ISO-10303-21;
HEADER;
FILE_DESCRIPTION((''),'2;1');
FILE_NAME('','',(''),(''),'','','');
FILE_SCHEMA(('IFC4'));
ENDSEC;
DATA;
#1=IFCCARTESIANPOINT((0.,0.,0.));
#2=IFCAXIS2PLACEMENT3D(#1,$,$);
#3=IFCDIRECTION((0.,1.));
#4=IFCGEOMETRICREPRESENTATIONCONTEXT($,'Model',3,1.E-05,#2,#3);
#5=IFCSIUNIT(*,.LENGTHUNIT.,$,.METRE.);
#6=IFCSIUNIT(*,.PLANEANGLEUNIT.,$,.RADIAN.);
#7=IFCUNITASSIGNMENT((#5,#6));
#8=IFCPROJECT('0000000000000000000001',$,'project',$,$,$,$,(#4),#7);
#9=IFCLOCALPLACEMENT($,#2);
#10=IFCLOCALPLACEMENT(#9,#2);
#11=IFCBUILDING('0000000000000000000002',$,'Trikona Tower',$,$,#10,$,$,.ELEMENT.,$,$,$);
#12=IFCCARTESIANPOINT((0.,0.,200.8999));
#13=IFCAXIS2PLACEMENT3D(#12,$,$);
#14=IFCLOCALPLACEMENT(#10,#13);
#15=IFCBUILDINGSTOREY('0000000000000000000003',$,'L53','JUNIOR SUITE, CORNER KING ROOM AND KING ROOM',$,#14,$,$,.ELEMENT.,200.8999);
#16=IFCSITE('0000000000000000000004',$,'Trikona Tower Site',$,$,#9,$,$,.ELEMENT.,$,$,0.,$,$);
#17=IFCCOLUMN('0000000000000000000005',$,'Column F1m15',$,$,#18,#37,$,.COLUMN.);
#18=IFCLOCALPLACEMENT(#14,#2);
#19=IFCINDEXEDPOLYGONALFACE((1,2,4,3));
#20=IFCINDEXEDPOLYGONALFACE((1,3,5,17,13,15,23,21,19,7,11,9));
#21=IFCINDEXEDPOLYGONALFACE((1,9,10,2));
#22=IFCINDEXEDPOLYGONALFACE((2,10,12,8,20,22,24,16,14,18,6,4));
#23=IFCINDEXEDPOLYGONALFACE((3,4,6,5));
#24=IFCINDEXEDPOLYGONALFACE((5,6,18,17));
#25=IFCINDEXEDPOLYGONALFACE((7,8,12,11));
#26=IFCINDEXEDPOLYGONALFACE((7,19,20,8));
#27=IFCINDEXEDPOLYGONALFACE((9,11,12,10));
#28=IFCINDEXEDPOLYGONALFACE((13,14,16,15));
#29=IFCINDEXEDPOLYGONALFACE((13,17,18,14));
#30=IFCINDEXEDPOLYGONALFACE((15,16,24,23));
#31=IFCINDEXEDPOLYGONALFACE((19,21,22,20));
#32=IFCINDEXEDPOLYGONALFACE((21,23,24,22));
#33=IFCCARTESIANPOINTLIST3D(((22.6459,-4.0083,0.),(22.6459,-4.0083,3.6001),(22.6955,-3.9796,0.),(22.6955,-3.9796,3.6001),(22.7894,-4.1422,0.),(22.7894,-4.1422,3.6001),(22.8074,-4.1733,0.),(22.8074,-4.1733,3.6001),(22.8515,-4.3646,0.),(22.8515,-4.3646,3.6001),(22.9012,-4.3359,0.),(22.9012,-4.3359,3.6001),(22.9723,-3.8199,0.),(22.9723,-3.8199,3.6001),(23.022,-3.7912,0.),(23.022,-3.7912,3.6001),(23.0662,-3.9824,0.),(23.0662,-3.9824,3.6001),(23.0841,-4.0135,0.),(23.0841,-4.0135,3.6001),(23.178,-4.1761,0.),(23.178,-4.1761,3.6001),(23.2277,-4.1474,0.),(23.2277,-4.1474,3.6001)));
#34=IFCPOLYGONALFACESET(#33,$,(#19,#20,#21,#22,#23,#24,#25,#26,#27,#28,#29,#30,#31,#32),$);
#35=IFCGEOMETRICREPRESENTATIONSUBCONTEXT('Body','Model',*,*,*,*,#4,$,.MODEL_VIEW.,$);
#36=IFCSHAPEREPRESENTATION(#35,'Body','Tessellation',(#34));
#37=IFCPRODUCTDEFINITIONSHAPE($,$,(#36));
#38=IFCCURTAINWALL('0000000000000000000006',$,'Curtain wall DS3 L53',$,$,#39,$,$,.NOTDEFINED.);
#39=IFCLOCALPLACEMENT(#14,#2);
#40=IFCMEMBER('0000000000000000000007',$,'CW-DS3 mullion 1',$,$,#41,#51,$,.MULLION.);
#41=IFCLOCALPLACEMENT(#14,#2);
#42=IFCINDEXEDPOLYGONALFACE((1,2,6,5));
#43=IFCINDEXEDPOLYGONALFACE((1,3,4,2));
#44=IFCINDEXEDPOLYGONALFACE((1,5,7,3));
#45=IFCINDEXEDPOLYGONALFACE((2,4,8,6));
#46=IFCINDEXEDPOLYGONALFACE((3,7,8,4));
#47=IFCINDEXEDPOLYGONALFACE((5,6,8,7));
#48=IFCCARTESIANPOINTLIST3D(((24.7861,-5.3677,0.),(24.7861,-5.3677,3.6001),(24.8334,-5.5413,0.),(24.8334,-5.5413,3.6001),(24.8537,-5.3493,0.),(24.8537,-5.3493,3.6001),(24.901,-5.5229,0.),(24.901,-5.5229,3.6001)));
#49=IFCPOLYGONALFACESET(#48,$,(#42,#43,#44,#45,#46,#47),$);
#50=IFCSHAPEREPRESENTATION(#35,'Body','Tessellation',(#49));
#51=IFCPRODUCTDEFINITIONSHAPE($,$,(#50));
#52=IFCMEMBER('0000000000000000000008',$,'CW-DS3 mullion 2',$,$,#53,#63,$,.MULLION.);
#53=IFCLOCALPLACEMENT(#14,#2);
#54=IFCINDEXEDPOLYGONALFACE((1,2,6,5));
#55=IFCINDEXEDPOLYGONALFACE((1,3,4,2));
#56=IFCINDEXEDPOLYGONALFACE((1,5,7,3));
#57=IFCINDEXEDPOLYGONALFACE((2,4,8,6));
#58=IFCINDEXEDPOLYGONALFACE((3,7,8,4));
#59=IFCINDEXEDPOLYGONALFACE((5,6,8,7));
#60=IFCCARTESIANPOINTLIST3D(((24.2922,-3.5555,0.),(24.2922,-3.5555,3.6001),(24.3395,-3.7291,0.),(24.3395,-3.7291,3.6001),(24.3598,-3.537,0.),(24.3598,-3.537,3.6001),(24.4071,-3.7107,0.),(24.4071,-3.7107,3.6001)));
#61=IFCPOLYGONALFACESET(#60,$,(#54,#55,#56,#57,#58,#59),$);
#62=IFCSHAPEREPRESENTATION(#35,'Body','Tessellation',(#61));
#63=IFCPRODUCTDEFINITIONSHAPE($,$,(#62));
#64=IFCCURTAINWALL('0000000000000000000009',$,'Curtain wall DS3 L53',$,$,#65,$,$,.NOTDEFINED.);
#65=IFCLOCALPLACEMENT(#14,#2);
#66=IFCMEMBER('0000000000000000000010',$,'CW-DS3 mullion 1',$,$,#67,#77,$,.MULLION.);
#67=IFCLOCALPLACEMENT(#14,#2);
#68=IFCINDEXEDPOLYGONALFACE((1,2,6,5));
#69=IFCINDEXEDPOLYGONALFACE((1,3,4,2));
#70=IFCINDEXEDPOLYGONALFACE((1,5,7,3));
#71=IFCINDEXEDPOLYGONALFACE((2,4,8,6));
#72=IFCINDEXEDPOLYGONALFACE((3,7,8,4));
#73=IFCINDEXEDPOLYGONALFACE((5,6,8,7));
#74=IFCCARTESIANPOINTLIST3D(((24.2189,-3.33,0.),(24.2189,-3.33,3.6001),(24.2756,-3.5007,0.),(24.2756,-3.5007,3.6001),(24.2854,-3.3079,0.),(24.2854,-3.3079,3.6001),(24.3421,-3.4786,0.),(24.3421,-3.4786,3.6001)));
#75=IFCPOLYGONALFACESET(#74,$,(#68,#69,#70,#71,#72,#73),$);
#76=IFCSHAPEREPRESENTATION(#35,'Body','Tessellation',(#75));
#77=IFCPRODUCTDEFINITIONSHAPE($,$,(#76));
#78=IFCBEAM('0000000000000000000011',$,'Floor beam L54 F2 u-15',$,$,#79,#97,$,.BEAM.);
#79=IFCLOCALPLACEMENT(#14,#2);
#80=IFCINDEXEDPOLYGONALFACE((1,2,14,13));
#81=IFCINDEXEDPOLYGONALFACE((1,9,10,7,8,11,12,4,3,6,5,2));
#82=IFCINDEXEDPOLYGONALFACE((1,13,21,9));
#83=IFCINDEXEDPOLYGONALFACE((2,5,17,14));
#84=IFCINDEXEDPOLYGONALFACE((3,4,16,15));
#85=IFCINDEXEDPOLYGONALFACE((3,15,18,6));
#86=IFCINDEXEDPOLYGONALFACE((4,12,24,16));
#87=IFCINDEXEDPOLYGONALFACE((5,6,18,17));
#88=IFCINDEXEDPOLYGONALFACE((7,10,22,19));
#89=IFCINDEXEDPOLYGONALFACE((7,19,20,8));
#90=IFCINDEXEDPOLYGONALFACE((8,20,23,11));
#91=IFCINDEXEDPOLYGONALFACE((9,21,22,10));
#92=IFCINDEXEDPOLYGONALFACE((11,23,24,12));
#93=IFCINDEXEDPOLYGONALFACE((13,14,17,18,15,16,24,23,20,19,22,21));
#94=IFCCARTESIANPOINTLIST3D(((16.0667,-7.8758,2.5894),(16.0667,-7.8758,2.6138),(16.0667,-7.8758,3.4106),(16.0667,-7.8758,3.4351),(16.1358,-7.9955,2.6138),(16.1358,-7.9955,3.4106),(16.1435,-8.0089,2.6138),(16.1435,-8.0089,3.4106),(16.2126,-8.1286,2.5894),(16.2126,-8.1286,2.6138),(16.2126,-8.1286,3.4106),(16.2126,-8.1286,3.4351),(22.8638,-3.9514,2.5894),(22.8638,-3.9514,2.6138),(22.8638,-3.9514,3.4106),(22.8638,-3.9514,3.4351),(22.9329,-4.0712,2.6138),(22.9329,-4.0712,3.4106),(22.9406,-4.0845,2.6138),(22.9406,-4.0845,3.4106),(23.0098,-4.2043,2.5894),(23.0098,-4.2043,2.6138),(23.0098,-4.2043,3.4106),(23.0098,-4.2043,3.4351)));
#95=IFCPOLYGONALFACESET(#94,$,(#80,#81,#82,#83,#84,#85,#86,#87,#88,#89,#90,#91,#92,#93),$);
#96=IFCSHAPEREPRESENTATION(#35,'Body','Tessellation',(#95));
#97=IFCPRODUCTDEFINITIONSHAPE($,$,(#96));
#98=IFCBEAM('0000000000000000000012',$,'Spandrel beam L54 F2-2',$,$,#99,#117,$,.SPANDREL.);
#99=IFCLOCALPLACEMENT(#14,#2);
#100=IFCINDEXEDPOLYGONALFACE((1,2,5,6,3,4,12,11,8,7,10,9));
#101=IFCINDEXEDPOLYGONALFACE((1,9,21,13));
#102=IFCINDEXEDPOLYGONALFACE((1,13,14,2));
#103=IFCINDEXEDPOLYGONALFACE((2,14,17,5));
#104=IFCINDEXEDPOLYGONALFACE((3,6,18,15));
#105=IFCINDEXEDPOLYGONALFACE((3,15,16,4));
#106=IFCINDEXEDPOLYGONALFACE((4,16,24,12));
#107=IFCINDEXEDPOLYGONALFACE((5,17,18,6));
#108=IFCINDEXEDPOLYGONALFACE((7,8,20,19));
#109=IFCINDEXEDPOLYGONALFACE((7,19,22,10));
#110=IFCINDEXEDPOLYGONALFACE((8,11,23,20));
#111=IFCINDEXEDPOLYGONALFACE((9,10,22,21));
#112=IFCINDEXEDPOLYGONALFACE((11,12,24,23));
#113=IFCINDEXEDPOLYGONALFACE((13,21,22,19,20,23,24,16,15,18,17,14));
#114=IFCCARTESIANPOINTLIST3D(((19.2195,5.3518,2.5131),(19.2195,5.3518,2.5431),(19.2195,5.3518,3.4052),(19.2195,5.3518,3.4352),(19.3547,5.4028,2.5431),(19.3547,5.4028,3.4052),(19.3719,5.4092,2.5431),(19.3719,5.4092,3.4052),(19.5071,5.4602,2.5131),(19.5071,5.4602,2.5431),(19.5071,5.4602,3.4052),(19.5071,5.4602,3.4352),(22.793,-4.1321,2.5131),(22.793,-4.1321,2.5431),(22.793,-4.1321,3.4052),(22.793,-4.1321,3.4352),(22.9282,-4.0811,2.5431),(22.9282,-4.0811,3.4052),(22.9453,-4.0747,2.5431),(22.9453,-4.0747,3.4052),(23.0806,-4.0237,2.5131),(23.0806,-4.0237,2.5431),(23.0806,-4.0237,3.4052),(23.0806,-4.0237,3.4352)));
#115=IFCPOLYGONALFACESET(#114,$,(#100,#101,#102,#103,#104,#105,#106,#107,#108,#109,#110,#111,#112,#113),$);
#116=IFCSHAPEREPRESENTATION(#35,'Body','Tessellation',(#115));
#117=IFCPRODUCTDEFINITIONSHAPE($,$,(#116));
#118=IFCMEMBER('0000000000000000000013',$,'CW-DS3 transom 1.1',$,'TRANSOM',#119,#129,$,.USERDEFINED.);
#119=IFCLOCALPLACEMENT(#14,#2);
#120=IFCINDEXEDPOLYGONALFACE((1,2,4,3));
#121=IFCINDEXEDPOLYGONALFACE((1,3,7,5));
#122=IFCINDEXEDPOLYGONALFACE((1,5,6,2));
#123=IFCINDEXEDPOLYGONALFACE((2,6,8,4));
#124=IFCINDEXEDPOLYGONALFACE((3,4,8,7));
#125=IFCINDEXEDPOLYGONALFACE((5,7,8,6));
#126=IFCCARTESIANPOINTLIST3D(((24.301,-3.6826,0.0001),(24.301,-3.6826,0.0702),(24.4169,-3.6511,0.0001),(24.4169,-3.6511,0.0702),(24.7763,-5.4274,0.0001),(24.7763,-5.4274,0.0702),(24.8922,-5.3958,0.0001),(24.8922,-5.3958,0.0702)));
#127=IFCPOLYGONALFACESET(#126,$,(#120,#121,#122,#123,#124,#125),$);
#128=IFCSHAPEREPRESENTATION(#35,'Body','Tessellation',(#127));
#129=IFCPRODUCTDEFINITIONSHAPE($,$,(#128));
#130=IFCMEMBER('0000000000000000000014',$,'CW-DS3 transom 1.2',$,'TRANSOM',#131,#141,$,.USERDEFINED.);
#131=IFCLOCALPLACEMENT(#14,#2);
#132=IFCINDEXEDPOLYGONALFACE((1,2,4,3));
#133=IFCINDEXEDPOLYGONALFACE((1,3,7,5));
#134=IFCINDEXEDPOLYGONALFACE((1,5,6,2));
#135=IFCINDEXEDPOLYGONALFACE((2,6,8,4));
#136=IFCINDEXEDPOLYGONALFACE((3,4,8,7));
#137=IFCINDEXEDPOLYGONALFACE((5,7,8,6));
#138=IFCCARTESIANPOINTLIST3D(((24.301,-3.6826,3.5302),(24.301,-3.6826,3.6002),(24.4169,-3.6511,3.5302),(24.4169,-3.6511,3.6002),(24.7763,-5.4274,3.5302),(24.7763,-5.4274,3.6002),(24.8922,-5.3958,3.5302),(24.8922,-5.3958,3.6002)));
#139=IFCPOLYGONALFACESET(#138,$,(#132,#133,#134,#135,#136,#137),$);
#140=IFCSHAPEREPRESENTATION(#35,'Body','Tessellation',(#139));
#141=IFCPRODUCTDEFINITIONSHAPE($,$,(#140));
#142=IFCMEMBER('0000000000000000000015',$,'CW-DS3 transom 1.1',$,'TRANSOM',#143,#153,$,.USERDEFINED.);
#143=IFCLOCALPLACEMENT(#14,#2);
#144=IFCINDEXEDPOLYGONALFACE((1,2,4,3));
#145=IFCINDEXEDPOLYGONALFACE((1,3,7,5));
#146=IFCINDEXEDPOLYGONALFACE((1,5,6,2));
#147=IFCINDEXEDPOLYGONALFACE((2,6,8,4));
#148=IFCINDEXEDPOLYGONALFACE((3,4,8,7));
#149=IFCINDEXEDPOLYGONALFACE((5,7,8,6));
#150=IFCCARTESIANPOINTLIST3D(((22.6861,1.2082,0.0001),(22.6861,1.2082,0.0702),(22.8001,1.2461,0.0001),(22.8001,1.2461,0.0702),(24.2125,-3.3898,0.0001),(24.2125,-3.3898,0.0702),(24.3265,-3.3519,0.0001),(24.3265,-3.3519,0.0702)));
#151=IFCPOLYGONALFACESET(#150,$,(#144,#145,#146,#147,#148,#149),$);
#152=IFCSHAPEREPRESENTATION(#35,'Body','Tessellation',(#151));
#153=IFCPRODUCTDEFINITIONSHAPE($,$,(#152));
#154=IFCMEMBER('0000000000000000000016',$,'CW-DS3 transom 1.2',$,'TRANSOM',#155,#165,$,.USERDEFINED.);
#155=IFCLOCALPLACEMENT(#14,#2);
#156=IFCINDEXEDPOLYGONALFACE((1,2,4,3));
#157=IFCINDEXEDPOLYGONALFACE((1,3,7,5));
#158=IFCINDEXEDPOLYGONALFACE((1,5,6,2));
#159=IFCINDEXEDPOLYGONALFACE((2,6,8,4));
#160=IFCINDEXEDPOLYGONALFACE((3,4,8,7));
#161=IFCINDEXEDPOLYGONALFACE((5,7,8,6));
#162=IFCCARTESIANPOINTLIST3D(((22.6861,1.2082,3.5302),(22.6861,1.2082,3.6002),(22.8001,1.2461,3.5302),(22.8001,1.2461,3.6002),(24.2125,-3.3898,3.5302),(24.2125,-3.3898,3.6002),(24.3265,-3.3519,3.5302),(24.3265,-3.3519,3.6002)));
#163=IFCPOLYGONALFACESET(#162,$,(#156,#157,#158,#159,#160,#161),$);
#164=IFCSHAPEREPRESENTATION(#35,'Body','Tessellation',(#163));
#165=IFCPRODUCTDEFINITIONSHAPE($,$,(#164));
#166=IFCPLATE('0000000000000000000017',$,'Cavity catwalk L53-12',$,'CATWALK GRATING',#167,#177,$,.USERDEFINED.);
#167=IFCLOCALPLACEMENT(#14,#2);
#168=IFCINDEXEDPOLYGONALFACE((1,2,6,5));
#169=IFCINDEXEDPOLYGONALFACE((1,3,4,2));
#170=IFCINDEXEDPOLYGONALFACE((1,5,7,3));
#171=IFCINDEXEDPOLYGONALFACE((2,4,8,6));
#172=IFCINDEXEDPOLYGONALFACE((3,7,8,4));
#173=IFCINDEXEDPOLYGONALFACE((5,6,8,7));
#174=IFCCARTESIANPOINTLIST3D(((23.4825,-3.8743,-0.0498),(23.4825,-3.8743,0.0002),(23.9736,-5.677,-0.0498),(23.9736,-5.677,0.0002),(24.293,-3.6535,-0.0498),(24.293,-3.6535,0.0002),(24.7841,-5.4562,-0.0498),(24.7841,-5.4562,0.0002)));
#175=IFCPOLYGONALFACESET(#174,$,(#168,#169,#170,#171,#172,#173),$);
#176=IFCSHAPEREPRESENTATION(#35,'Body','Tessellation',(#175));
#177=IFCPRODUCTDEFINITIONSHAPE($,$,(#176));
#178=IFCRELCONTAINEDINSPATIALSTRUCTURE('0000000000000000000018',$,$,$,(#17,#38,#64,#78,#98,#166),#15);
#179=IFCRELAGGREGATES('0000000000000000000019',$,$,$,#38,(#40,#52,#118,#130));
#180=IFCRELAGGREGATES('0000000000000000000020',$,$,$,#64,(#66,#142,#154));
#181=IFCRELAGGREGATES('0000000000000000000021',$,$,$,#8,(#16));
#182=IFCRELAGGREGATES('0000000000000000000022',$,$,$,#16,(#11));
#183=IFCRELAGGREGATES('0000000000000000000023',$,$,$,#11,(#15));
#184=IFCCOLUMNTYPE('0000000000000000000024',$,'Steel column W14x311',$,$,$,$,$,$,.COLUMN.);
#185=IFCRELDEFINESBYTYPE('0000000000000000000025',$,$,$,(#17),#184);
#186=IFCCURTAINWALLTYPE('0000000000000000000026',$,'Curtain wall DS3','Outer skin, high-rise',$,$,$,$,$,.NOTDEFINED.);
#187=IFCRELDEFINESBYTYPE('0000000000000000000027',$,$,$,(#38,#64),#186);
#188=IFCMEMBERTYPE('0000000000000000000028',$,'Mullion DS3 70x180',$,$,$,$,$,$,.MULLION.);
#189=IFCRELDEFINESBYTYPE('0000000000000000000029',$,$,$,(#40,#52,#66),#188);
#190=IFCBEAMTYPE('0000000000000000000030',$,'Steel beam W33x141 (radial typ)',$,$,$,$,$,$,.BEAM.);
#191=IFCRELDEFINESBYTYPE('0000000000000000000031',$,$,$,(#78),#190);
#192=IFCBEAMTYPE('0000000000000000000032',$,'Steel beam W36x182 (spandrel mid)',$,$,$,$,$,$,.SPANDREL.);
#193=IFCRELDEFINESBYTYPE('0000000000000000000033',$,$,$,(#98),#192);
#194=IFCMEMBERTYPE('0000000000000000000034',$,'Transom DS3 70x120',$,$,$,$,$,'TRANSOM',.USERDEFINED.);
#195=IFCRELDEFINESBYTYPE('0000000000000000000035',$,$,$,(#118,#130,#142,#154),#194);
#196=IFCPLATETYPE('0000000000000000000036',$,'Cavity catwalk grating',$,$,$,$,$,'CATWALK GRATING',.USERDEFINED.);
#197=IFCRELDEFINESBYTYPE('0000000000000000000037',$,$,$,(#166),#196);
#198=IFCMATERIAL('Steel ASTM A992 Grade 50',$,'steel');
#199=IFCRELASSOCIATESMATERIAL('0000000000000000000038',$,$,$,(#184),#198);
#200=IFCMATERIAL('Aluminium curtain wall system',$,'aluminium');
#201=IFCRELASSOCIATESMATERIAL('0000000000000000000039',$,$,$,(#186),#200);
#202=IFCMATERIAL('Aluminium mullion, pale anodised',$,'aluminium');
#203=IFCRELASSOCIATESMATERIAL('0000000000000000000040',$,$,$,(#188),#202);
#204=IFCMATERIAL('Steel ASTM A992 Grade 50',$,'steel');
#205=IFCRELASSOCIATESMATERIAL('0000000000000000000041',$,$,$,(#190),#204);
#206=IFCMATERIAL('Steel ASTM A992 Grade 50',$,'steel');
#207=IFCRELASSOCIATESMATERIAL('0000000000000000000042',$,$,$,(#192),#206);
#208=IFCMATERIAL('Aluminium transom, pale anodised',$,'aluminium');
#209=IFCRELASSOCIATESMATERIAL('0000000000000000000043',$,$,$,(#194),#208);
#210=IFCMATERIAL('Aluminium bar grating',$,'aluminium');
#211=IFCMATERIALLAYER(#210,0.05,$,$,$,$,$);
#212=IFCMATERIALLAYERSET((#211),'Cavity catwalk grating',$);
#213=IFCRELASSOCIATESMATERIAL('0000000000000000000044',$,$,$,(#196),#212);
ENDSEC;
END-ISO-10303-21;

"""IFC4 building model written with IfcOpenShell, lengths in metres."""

from ifc_helpers import new_model, si_unit, direction, frame, origin, origin_2d, place, context, subcontext, project, spatial, rectangle, i_section, extrude, material, layer, layer_set, material_profile, profile_set, type_object, element, aggregate, save


model = new_model("IFC4")

# Units and contexts
model_context = context("Model", 3, precision=1e-05, world=origin(), true_north=direction((0.0, 1.0)))
body_context = subcontext(model_context, "Body", "Model", "MODEL_VIEW")
ifc_project = project(units=[si_unit("LENGTHUNIT", "METRE"), si_unit("PLANEANGLEUNIT", "RADIAN")], contexts=[model_context])

# Site, building, storey
site_placement = place(None, origin())
site = spatial("IfcSite", under=ifc_project, at=site_placement, Name="Trikona Tower Site", CompositionType="ELEMENT", RefElevation=0.0)
building_placement = place(site_placement, origin())
building = spatial("IfcBuilding", under=site, at=building_placement, Name="Trikona Tower", CompositionType="ELEMENT")
storey_placement = place(building_placement, frame((0.0, 0.0, 200.8999)))
storey = spatial("IfcBuildingStorey", under=building, at=storey_placement, Name="L53", Description="JUNIOR SUITE, CORNER KING ROOM AND KING ROOM", CompositionType="ELEMENT", Elevation=200.8999)

# Column
ifc_material_1 = material(Name="Steel ASTM A992 Grade 50", Category="steel")
ifc_material_profile_1 = material_profile(ifc_material_1, i_section(OverallWidth=0.4114, OverallDepth=0.4343, WebThickness=0.0359, FlangeThickness=0.0574, at=origin_2d()), Name="W14X311")
ifc_profile_set_1 = profile_set([ifc_material_profile_1], Name="Steel ASTM A992 Grade 50")
column_type = type_object("IfcColumnType", Name="Steel column W14x311", PredefinedType="COLUMN", material=ifc_profile_set_1)
column_placement = place(storey_placement, frame((22.9368, -4.0779, 0.0), z_axis=(0.0, 0.0, 1.0), x_axis=(-0.5, 0.866025, 0.0)))
element("IfcColumn", 1, at=column_placement, inside=storey, type_object=column_type, Name="Column F1m15", PredefinedType="COLUMN", context=body_context, shape_type="SweptSolid", body=[
    extrude(i_section(OverallWidth=0.4114, OverallDepth=0.4343, WebThickness=0.0359, FlangeThickness=0.0574, at=origin_2d()), origin(), (0.0, 0.0, 1.0), 3.6001),
])

# Curtain wall, members
ifc_material_2 = material(Name="Aluminium curtain wall system", Category="aluminium")
curtain_wall_type = type_object("IfcCurtainWallType", Name="Curtain wall DS3", Description="Outer skin, high-rise", PredefinedType="NOTDEFINED", material=ifc_material_2)
curtain_wall_1_placement = place(storey_placement, origin())
curtain_wall_1 = element("IfcCurtainWall", 2, at=curtain_wall_1_placement, inside=storey, type_object=curtain_wall_type, Name="Curtain wall DS3 L53", PredefinedType="NOTDEFINED")
ifc_material_3 = material(Name="Aluminium mullion, pale anodised", Category="aluminium")
ifc_material_profile_2 = material_profile(ifc_material_3, rectangle(XDim=0.0701, YDim=0.1799, at=origin_2d()), Name="MUL-DS3")
ifc_profile_set_2 = profile_set([ifc_material_profile_2], Name="Aluminium mullion, pale anodised")
member_type_1 = type_object("IfcMemberType", Name="Mullion DS3 70x180", PredefinedType="MULLION", material=ifc_profile_set_2)
member_1_placement = place(storey_placement, frame((24.8435, -5.4453, 0.0), z_axis=(0.0, 0.0, 1.0), x_axis=(-0.964838, -0.262844, 0.0)))
member_1 = element("IfcMember", 3, at=member_1_placement, type_object=member_type_1, Name="CW-DS3 mullion 1", PredefinedType="MULLION", context=body_context, shape_type="SweptSolid", body=[
    extrude(rectangle(XDim=0.0701, YDim=0.1799, at=origin_2d()), origin(), (0.0, 0.0, 1.0), 3.6001),
])
member_2_placement = place(storey_placement, frame((24.3496, -3.6331, 0.0), z_axis=(0.0, 0.0, 1.0), x_axis=(-0.964838, -0.262844, 0.0)))
member_2 = element("IfcMember", 4, at=member_2_placement, type_object=member_type_1, Name="CW-DS3 mullion 2", PredefinedType="MULLION", context=body_context, shape_type="SweptSolid", body=[
    extrude(rectangle(XDim=0.0701, YDim=0.1799, at=origin_2d()), origin(), (0.0, 0.0, 1.0), 3.6001),
])

# Curtain wall, member
curtain_wall_2_placement = place(storey_placement, origin())
curtain_wall_2 = element("IfcCurtainWall", 5, at=curtain_wall_2_placement, inside=storey, type_object=curtain_wall_type, Name="Curtain wall DS3 L53", PredefinedType="NOTDEFINED")
member_3_placement = place(storey_placement, frame((24.2805, -3.4043, 0.0), z_axis=(0.0, 0.0, 1.0), x_axis=(-0.949066, -0.315078, 0.0)))
member_3 = element("IfcMember", 6, at=member_3_placement, type_object=member_type_1, Name="CW-DS3 mullion 1", PredefinedType="MULLION", context=body_context, shape_type="SweptSolid", body=[
    extrude(rectangle(XDim=0.0701, YDim=0.1799, at=origin_2d()), origin(), (0.0, 0.0, 1.0), 3.6001),
])

# Beams
ifc_material_4 = material(Name="Steel ASTM A992 Grade 50", Category="steel")
ifc_material_profile_3 = material_profile(ifc_material_4, i_section(OverallWidth=0.292, OverallDepth=0.8457, WebThickness=0.0154, FlangeThickness=0.0244, at=origin_2d()), Name="W33X141")
ifc_profile_set_3 = profile_set([ifc_material_profile_3], Name="Steel ASTM A992 Grade 50")
beam_type_1 = type_object("IfcBeamType", Name="Steel beam W33x141 (radial typ)", PredefinedType="BEAM", material=ifc_profile_set_3)
beam_1_placement = place(storey_placement, frame((16.1396, -8.0022, 3.0122), z_axis=(0.866026, 0.5, 0.0), x_axis=(-0.5, 0.866026, 0.0)))
element("IfcBeam", 7, at=beam_1_placement, inside=storey, type_object=beam_type_1, Name="Floor beam L54 F2 u-15", PredefinedType="BEAM", context=body_context, shape_type="SweptSolid", body=[
    extrude(i_section(OverallWidth=0.292, OverallDepth=0.8457, WebThickness=0.0154, FlangeThickness=0.0244, at=origin_2d()), origin(), (0.0, 0.0, 1.0), 7.8486),
])
ifc_material_5 = material(Name="Steel ASTM A992 Grade 50", Category="steel")
ifc_material_profile_4 = material_profile(ifc_material_5, i_section(OverallWidth=0.3074, OverallDepth=0.9221, WebThickness=0.0183, FlangeThickness=0.03, at=origin_2d()), Name="W36X182")
ifc_profile_set_4 = profile_set([ifc_material_profile_4], Name="Steel ASTM A992 Grade 50")
beam_type_2 = type_object("IfcBeamType", Name="Steel beam W36x182 (spandrel mid)", PredefinedType="SPANDREL", material=ifc_profile_set_4)
beam_2_placement = place(storey_placement, frame((22.9368, -4.0779, 2.9741), z_axis=(-0.352596, 0.935776, 0.0), x_axis=(-0.935776, -0.352596, 0.0)))
element("IfcBeam", 8, at=beam_2_placement, inside=storey, type_object=beam_type_2, Name="Spandrel beam L54 F2-2", PredefinedType="SPANDREL", context=body_context, shape_type="SweptSolid", body=[
    extrude(i_section(OverallWidth=0.3074, OverallDepth=0.9221, WebThickness=0.0183, FlangeThickness=0.03, at=origin_2d()), origin(), (0.0, 0.0, 1.0), 10.1348),
])

# Members
ifc_material_6 = material(Name="Aluminium transom, pale anodised", Category="aluminium")
ifc_material_profile_5 = material_profile(ifc_material_6, rectangle(XDim=0.1201, YDim=0.0701, at=origin_2d()), Name="TRN-DS3")
ifc_profile_set_5 = profile_set([ifc_material_profile_5], Name="Aluminium transom, pale anodised")
member_type_2 = type_object("IfcMemberType", Name="Transom DS3 70x120", ElementType="TRANSOM", PredefinedType="USERDEFINED", material=ifc_profile_set_5)
member_4_placement = place(storey_placement, frame((24.8342, -5.4116, 0.0352), z_axis=(-0.262843, 0.964839, 0.0), x_axis=(-0.964839, -0.262843, 0.0)))
member_4 = element("IfcMember", 9, at=member_4_placement, type_object=member_type_2, Name="CW-DS3 transom 1.1", ObjectType="TRANSOM", PredefinedType="USERDEFINED", context=body_context, shape_type="SweptSolid", body=[
    extrude(rectangle(XDim=0.1201, YDim=0.0701, at=origin_2d()), origin(), (0.0, 0.0, 1.0), 1.8083),
])
member_5_placement = place(storey_placement, frame((24.8342, -5.4116, 3.5652), z_axis=(-0.262843, 0.964839, 0.0), x_axis=(-0.964839, -0.262843, 0.0)))
member_5 = element("IfcMember", 10, at=member_5_placement, type_object=member_type_2, Name="CW-DS3 transom 1.2", ObjectType="TRANSOM", PredefinedType="USERDEFINED", context=body_context, shape_type="SweptSolid", body=[
    extrude(rectangle(XDim=0.1201, YDim=0.0701, at=origin_2d()), origin(), (0.0, 0.0, 1.0), 1.8083),
])
member_6_placement = place(storey_placement, frame((24.2695, -3.3708, 0.0352), z_axis=(-0.315063, 0.949071, 0.0), x_axis=(-0.949071, -0.315063, 0.0)))
member_6 = element("IfcMember", 11, at=member_6_placement, type_object=member_type_2, Name="CW-DS3 transom 1.1", ObjectType="TRANSOM", PredefinedType="USERDEFINED", context=body_context, shape_type="SweptSolid", body=[
    extrude(rectangle(XDim=0.1201, YDim=0.0701, at=origin_2d()), origin(), (0.0, 0.0, 1.0), 4.8447),
])
member_7_placement = place(storey_placement, frame((24.2695, -3.3708, 3.5652), z_axis=(-0.315063, 0.949071, 0.0), x_axis=(-0.949071, -0.315063, 0.0)))
member_7 = element("IfcMember", 12, at=member_7_placement, type_object=member_type_2, Name="CW-DS3 transom 1.2", ObjectType="TRANSOM", PredefinedType="USERDEFINED", context=body_context, shape_type="SweptSolid", body=[
    extrude(rectangle(XDim=0.1201, YDim=0.0701, at=origin_2d()), origin(), (0.0, 0.0, 1.0), 4.8447),
])

# Plate
ifc_material_7 = material(Name="Aluminium bar grating", Category="aluminium")
ifc_layer_1 = layer(ifc_material_7, 0.05)
ifc_layer_set_1 = layer_set([ifc_layer_1], Name="Cavity catwalk grating")
plate_type_1 = type_object("IfcPlateType", Name="Cavity catwalk grating", ElementType="CATWALK GRATING", PredefinedType="USERDEFINED", material=ifc_layer_set_1)
plate_1_placement = place(storey_placement, frame((24.1333, -4.6653, -0.0498), z_axis=(0.0, 0.0, 1.0), x_axis=(-0.262822, 0.964844, 0.0)))
element("IfcPlate", 13, at=plate_1_placement, inside=storey, type_object=plate_type_1, Name="Cavity catwalk L53-12", ObjectType="CATWALK GRATING", PredefinedType="USERDEFINED", context=body_context, shape_type="SweptSolid", body=[
    extrude(rectangle(XDim=1.8684, YDim=0.8401, at=origin_2d()), origin(), (0.0, 0.0, 1.0), 0.05),
])

aggregate(curtain_wall_1, [member_1, member_2, member_4, member_5])
aggregate(curtain_wall_2, [member_3, member_6, member_7])

save(model, "model.ifc")
